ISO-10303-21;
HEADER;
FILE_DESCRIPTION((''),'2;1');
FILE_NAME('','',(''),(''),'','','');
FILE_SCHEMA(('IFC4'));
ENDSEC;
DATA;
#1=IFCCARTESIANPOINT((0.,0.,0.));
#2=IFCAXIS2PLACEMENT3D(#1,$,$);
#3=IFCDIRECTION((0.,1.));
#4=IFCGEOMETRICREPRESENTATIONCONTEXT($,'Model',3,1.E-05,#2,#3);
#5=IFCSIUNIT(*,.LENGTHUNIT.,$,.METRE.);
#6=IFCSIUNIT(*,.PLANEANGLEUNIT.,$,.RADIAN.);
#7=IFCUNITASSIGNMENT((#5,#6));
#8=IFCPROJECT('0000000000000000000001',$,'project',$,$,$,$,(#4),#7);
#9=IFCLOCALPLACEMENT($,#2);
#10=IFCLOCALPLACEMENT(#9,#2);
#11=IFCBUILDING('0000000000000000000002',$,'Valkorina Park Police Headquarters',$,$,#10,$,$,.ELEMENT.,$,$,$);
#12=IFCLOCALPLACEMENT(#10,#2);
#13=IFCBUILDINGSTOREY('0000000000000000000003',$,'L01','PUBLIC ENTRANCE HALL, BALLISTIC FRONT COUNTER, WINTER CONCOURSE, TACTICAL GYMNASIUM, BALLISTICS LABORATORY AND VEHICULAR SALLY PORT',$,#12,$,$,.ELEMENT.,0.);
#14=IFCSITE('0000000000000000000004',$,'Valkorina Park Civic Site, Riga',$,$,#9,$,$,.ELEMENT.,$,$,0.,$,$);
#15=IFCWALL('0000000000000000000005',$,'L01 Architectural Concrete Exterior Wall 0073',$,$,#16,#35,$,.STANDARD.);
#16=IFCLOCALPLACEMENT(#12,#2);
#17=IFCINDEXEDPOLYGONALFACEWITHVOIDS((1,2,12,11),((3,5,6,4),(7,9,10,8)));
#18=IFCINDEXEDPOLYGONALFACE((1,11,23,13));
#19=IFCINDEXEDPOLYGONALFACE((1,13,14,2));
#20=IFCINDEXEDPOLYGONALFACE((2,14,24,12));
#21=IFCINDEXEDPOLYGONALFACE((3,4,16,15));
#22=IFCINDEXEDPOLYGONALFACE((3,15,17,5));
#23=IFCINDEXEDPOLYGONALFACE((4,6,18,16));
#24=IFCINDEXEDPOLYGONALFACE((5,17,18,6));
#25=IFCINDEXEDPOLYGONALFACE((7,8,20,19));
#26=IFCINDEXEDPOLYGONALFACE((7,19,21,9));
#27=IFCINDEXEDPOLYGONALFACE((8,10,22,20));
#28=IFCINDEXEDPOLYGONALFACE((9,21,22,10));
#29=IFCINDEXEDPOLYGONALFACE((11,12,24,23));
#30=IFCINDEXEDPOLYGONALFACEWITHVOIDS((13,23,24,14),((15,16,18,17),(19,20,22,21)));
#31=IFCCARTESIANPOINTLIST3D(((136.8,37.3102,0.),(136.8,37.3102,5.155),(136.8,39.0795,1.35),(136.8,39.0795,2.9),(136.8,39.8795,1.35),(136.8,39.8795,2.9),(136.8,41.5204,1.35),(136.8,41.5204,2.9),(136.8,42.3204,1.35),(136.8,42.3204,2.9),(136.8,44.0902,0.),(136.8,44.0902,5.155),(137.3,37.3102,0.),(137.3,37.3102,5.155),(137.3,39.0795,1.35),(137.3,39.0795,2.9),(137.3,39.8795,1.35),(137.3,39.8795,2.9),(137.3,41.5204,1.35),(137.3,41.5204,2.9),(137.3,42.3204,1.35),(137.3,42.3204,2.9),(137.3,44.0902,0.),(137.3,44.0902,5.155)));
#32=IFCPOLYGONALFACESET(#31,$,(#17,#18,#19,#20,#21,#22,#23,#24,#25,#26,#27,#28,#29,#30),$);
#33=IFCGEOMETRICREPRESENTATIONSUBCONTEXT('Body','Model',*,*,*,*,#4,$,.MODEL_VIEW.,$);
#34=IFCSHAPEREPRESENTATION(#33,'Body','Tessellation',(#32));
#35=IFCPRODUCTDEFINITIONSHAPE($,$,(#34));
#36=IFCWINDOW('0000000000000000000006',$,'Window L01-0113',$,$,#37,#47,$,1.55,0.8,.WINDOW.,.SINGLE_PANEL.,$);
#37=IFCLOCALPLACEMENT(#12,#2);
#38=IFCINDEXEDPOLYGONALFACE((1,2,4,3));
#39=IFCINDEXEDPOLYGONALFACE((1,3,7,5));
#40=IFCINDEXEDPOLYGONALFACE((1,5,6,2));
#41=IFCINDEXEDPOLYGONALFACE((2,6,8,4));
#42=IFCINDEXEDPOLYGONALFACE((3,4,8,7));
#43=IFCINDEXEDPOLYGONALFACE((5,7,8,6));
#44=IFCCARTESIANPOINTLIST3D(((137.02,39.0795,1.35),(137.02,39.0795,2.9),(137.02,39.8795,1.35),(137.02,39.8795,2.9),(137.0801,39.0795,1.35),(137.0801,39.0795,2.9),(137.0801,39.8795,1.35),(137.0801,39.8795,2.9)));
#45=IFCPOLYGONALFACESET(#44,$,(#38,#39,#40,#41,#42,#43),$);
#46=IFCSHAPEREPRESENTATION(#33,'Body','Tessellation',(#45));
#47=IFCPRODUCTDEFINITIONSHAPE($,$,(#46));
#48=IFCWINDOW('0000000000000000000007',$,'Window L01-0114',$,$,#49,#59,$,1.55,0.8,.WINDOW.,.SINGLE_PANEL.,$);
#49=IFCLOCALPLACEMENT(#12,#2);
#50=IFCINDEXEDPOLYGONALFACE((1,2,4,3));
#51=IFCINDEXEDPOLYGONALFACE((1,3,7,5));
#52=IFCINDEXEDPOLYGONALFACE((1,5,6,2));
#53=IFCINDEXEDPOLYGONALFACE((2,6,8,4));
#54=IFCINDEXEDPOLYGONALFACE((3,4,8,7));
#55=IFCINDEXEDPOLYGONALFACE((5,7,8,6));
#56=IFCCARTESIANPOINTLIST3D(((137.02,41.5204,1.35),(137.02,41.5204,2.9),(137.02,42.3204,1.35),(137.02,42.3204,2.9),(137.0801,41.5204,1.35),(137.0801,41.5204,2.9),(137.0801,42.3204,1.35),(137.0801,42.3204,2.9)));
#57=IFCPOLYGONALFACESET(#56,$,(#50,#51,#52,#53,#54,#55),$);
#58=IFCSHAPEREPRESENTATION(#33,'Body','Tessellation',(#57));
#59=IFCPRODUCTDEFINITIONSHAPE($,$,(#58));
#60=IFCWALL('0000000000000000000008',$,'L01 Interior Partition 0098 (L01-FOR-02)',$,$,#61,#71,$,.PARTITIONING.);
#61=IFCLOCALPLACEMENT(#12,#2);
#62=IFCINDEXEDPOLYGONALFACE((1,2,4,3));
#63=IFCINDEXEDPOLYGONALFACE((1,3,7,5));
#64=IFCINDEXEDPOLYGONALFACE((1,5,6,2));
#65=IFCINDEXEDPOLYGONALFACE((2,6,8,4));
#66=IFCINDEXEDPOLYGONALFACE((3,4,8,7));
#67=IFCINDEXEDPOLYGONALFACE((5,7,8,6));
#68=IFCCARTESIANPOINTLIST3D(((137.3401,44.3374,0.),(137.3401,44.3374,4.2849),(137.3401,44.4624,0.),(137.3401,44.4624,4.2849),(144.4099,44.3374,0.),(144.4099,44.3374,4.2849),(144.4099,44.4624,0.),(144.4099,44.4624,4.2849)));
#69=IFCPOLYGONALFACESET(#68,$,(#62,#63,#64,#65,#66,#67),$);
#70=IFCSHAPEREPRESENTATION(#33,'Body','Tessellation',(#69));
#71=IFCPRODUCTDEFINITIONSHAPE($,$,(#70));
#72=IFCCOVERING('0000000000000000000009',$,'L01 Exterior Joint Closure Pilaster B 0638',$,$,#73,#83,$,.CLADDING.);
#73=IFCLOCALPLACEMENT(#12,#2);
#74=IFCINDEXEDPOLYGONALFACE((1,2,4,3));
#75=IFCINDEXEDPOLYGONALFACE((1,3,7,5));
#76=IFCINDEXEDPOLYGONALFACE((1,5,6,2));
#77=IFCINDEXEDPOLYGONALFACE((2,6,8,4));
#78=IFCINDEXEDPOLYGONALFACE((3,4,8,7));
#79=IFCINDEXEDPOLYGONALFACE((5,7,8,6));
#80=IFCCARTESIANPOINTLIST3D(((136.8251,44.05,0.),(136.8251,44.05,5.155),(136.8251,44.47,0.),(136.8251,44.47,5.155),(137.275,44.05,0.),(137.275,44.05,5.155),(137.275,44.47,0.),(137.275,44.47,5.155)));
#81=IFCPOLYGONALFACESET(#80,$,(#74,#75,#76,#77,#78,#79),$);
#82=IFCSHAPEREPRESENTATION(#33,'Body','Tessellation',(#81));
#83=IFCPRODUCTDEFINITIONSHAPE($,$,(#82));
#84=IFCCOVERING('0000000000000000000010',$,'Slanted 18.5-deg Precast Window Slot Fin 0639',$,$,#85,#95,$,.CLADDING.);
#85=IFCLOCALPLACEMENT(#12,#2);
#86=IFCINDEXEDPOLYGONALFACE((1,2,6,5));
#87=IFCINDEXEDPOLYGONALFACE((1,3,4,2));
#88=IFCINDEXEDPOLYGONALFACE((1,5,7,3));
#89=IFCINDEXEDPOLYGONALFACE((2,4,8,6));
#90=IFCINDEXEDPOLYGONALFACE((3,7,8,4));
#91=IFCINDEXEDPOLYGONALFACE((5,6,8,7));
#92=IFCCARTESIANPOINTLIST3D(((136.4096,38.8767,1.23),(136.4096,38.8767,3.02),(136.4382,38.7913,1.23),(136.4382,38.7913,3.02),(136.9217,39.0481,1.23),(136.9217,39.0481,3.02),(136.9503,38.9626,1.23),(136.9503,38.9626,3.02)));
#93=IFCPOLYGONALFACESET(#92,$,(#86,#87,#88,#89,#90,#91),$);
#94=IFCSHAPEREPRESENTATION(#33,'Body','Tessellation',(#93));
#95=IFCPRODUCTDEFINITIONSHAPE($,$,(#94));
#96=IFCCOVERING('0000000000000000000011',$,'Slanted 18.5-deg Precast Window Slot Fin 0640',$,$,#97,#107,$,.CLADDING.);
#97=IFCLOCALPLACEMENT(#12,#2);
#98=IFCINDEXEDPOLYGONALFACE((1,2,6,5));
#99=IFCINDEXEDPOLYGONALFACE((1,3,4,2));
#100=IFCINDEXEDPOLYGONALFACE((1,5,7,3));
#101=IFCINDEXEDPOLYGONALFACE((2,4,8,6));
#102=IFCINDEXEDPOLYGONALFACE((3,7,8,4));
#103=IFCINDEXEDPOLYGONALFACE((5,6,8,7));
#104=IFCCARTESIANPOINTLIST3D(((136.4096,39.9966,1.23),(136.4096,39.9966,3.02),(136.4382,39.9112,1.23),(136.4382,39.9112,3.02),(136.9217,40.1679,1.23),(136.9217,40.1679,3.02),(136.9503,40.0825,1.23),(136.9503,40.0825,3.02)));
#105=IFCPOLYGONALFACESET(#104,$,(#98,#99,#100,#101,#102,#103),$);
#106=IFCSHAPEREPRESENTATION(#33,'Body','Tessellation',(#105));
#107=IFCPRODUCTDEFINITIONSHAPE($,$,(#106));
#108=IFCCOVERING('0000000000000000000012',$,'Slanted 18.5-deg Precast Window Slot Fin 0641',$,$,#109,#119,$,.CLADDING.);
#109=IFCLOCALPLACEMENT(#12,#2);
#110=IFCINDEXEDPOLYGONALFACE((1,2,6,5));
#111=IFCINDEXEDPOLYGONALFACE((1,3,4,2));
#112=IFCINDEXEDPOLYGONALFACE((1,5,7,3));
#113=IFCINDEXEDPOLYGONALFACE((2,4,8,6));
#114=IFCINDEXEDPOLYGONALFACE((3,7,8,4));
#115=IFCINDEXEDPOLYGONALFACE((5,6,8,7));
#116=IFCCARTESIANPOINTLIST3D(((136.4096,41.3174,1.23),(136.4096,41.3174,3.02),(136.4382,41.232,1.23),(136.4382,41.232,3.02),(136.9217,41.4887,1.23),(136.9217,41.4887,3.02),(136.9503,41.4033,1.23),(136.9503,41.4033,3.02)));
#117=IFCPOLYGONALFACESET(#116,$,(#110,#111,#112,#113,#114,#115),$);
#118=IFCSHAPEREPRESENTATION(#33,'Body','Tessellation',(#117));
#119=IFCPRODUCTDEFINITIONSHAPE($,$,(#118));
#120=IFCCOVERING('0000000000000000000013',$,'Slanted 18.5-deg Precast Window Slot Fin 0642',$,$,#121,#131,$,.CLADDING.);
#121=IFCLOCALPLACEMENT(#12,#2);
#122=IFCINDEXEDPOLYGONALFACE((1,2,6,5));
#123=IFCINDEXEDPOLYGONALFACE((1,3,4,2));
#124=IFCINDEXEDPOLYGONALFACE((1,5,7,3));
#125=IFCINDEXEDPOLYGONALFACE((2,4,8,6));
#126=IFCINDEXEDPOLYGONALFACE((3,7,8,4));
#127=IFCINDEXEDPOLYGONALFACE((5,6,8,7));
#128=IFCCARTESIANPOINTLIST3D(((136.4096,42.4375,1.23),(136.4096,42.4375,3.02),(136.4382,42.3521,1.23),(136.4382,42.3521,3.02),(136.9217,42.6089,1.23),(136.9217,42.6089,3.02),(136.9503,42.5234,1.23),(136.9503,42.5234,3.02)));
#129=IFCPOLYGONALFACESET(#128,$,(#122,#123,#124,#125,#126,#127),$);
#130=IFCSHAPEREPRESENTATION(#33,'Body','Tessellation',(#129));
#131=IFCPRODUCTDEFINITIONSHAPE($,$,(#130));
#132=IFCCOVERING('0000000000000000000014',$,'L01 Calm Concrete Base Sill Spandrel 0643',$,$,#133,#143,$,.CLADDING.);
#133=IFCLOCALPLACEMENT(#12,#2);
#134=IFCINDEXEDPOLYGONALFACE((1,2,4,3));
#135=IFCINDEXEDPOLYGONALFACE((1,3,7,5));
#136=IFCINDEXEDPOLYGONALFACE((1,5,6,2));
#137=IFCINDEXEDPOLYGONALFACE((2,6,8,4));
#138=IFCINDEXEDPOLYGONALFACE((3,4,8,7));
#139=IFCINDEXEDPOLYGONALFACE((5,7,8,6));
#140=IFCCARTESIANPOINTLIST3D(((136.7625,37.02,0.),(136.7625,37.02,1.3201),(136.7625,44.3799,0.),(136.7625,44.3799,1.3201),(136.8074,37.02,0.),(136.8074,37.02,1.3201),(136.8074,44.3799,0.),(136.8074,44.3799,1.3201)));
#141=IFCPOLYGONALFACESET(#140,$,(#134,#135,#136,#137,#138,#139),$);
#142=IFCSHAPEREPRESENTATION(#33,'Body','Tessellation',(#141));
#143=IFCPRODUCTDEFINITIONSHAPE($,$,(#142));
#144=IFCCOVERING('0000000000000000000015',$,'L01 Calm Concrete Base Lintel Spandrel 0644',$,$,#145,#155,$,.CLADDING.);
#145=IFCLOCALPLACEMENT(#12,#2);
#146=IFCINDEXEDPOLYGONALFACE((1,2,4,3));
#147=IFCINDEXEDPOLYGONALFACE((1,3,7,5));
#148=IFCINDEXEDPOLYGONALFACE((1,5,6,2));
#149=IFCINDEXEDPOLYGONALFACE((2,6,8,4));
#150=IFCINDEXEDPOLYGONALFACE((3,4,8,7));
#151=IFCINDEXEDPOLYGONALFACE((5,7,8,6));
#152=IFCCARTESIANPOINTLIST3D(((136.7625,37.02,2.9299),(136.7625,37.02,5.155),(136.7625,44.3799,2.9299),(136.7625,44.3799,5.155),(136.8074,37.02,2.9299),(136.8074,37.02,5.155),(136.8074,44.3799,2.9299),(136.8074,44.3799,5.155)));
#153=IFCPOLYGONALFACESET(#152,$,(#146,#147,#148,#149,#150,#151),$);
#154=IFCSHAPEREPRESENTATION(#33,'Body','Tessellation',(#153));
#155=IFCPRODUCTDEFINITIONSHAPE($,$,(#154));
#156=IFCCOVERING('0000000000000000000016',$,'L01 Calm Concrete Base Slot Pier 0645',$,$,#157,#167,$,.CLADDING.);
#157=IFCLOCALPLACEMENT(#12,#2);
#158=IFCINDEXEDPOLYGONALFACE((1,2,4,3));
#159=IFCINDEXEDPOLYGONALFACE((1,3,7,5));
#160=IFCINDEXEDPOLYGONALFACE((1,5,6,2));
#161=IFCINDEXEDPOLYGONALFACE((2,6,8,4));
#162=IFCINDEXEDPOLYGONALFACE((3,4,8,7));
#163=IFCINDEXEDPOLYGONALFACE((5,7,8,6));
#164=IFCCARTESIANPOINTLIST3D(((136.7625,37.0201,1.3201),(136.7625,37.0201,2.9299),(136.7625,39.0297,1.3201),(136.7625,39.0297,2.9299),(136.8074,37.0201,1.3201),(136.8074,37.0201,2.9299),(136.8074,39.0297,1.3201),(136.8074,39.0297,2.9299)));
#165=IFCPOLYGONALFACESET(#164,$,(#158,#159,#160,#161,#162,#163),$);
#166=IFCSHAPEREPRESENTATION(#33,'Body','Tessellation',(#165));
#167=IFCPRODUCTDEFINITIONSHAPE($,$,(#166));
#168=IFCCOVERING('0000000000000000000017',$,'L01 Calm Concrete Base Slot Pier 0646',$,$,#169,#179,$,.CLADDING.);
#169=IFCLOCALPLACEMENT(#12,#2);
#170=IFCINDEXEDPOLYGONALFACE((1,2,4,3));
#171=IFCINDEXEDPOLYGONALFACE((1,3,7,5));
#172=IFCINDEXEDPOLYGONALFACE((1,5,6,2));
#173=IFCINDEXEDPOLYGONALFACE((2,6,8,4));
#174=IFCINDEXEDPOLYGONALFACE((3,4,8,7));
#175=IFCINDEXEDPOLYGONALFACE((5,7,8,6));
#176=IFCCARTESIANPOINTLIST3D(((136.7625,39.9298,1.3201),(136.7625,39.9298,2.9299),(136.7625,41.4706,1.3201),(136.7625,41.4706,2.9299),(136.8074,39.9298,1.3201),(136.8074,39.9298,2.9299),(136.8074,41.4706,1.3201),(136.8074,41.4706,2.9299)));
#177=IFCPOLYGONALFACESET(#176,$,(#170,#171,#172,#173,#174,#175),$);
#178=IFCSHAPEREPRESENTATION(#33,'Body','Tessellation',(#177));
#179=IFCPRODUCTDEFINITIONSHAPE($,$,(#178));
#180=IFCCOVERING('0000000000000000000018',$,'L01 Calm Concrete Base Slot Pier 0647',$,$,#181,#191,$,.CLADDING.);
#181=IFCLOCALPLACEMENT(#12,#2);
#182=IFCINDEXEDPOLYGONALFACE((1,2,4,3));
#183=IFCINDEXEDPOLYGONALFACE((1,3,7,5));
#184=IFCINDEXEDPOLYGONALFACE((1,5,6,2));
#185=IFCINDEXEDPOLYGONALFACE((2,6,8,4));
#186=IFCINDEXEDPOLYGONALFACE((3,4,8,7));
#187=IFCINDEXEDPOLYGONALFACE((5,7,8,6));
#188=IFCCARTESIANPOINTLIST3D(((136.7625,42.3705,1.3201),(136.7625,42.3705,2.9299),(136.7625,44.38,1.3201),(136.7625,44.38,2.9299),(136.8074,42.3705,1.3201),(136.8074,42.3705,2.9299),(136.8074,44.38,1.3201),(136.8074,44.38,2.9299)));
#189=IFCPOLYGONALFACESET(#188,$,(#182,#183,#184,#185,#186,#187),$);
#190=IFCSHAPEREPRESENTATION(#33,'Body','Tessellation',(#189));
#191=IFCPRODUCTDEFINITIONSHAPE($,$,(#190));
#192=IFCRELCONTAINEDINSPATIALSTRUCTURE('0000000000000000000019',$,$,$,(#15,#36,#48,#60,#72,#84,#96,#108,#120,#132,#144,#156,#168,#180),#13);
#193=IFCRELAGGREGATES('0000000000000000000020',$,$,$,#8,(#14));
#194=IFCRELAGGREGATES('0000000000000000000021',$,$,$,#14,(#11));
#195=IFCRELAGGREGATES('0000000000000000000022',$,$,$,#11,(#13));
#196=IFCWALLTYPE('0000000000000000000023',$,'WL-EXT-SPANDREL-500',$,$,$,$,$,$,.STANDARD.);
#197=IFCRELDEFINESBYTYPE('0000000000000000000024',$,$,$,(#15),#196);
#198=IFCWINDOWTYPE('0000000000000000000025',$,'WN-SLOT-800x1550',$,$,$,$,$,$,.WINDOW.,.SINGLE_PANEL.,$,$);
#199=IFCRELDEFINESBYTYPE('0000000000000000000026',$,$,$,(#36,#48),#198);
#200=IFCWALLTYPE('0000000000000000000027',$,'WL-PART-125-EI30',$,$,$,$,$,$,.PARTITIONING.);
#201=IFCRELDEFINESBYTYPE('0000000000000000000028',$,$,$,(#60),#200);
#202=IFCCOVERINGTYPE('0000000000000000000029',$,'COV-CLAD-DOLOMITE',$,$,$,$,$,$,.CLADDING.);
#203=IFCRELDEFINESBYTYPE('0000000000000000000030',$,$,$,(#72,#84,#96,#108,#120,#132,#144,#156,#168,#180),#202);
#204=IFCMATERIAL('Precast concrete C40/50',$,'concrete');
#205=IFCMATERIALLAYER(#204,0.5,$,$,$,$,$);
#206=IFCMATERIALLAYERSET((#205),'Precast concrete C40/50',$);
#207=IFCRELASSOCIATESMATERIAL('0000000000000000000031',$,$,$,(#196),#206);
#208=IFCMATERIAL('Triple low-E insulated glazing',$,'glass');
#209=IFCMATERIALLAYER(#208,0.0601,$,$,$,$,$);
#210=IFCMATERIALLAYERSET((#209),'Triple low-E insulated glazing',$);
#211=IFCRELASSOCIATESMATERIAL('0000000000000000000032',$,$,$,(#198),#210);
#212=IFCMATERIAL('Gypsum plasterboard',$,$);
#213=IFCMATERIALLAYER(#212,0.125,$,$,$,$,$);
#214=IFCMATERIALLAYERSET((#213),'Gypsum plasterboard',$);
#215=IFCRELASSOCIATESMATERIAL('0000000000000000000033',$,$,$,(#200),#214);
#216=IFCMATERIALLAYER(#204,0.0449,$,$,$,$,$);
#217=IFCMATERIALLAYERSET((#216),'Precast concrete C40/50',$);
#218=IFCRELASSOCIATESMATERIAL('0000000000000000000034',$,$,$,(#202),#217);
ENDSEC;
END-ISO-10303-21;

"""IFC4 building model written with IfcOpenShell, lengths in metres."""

from ifc_helpers import new_model, si_unit, direction, frame, frame_2d, origin, origin_2d, place, context, subcontext, project, spatial, rectangle, extrude, material, layer, layer_set, type_object, element, fill, save


model = new_model("IFC4")

# Units and contexts
model_context = context("Model", 3, precision=1e-05, world=origin(), true_north=direction((0.0, 1.0)))
body_context = subcontext(model_context, "Body", "Model", "MODEL_VIEW")
ifc_project = project(units=[si_unit("LENGTHUNIT", "METRE"), si_unit("PLANEANGLEUNIT", "RADIAN")], contexts=[model_context])

# Site, building, storey
site_placement = place(None, origin())
site = spatial("IfcSite", under=ifc_project, at=site_placement, Name="Valkorina Park Civic Site, Riga", CompositionType="ELEMENT", RefElevation=0.0)
building_placement = place(site_placement, origin())
building = spatial("IfcBuilding", under=site, at=building_placement, Name="Valkorina Park Police Headquarters", CompositionType="ELEMENT")
storey_placement = place(building_placement, origin())
storey = spatial("IfcBuildingStorey", under=building, at=storey_placement, Name="L01", Description="PUBLIC ENTRANCE HALL, BALLISTIC FRONT COUNTER, WINTER CONCOURSE, TACTICAL GYMNASIUM, BALLISTICS LABORATORY AND VEHICULAR SALLY PORT", CompositionType="ELEMENT", Elevation=0.0)

# Wall, openings, windows
ifc_material_1 = material(Name="Precast concrete C40/50", Category="concrete")
ifc_layer_1 = layer(ifc_material_1, 0.5)
ifc_layer_set_1 = layer_set([ifc_layer_1], Name="Precast concrete C40/50")
wall_type_1 = type_object("IfcWallType", Name="WL-EXT-SPANDREL-500", PredefinedType="STANDARD", material=ifc_layer_set_1)
wall_1_placement = place(storey_placement, frame((137.05, 37.3101, 0.0), z_axis=(0.0, 0.0, 1.0), x_axis=(0.0, 1.0, 0.0)))
wall_1 = element("IfcWall", 1, at=wall_1_placement, inside=storey, type_object=wall_type_1, Name="L01 Architectural Concrete Exterior Wall 0073", PredefinedType="STANDARD", context=body_context, shape_type="SweptSolid", body=[
    extrude(rectangle(XDim=6.78, YDim=0.5, at=frame_2d((3.3901, 0.0))), origin(), (0.0, 0.0, 1.0), 5.155),
])
opening_1_placement = place(wall_1_placement, frame((1.7695, 0.0, 1.3501)))
opening_1 = element("IfcOpeningElement", 2, at=opening_1_placement, cuts=wall_1, PredefinedType="OPENING", context=body_context, shape_type="SweptSolid", body=[
    extrude(rectangle(XDim=0.8, YDim=1.55, at=frame_2d((0.3999, 0.7749))), frame((0.0, 0.26, 0.0), z_axis=(0.0, -1.0, 0.0), x_axis=(1.0, 0.0, 0.0)), (0.0, 0.0, 1.0), 0.52),
])
opening_2_placement = place(wall_1_placement, frame((4.2104, 0.0, 1.3501)))
opening_2 = element("IfcOpeningElement", 3, at=opening_2_placement, cuts=wall_1, PredefinedType="OPENING", context=body_context, shape_type="SweptSolid", body=[
    extrude(rectangle(XDim=0.8, YDim=1.55, at=frame_2d((0.3999, 0.7749))), frame((0.0, 0.26, 0.0), z_axis=(0.0, -1.0, 0.0), x_axis=(1.0, 0.0, 0.0)), (0.0, 0.0, 1.0), 0.52),
])
ifc_material_2 = material(Name="Triple low-E insulated glazing", Category="glass")
ifc_layer_2 = layer(ifc_material_2, 0.0601)
ifc_layer_set_2 = layer_set([ifc_layer_2], Name="Triple low-E insulated glazing")
window_type = type_object("IfcWindowType", Name="WN-SLOT-800x1550", PartitioningType="SINGLE_PANEL", PredefinedType="WINDOW", material=ifc_layer_set_2)
window_1_placement = place(opening_1_placement, origin())
window_1 = element("IfcWindow", 4, at=window_1_placement, inside=storey, type_object=window_type, Name="Window L01-0113", OverallHeight=1.55, OverallWidth=0.8, PartitioningType="SINGLE_PANEL", PredefinedType="WINDOW", context=body_context, shape_type="SweptSolid", body=[
    extrude(rectangle(XDim=0.8, YDim=1.55, at=frame_2d((0.3999, 0.7749))), frame((0.0, 0.03, 0.0), z_axis=(0.0, -1.0, 0.0), x_axis=(1.0, 0.0, 0.0)), (0.0, 0.0, 1.0), 0.0601),
])
fill(opening_1, window_1)
window_2_placement = place(opening_2_placement, origin())
window_2 = element("IfcWindow", 5, at=window_2_placement, inside=storey, type_object=window_type, Name="Window L01-0114", OverallHeight=1.55, OverallWidth=0.8, PartitioningType="SINGLE_PANEL", PredefinedType="WINDOW", context=body_context, shape_type="SweptSolid", body=[
    extrude(rectangle(XDim=0.8, YDim=1.55, at=frame_2d((0.3999, 0.7749))), frame((0.0, 0.03, 0.0), z_axis=(0.0, -1.0, 0.0), x_axis=(1.0, 0.0, 0.0)), (0.0, 0.0, 1.0), 0.0601),
])
fill(opening_2, window_2)

# Wall
ifc_material_3 = material(Name="Gypsum plasterboard")
ifc_layer_3 = layer(ifc_material_3, 0.125)
ifc_layer_set_3 = layer_set([ifc_layer_3], Name="Gypsum plasterboard")
wall_type_2 = type_object("IfcWallType", Name="WL-PART-125-EI30", PredefinedType="PARTITIONING", material=ifc_layer_set_3)
wall_2_placement = place(storey_placement, frame((137.3401, 44.3999, 0.0), z_axis=(0.0, 0.0, 1.0), x_axis=(1.0, 0.0, 0.0)))
element("IfcWall", 6, at=wall_2_placement, inside=storey, type_object=wall_type_2, Name="L01 Interior Partition 0098 (L01-FOR-02)", PredefinedType="PARTITIONING", context=body_context, shape_type="SweptSolid", body=[
    extrude(rectangle(XDim=7.0698, YDim=0.125, at=frame_2d((3.5349, 0.0))), origin(), (0.0, 0.0, 1.0), 4.2849),
])

# Coverings
ifc_layer_4 = layer(ifc_material_1, 0.0449)
ifc_layer_set_4 = layer_set([ifc_layer_4], Name="Precast concrete C40/50")
covering_type = type_object("IfcCoveringType", Name="COV-CLAD-DOLOMITE", PredefinedType="CLADDING", material=ifc_layer_set_4)
covering_1_placement = place(storey_placement, frame((137.05, 44.26, 0.0), z_axis=(0.0, 0.0, 1.0), x_axis=(0.0, 1.0, 0.0)))
element("IfcCovering", 7, at=covering_1_placement, inside=storey, type_object=covering_type, Name="L01 Exterior Joint Closure Pilaster B 0638", PredefinedType="CLADDING", context=body_context, shape_type="SweptSolid", body=[
    extrude(rectangle(XDim=0.4199, YDim=0.45, at=origin_2d()), origin(), (0.0, 0.0, 1.0), 5.155),
])
for number, where, z_axis, x_axis, name in (
    (8, (136.6799, 38.9197, 1.23), (0.0, 0.0, 1.0), (-0.948324, -0.317305, 0.0), "Slanted 18.5-deg Precast Window Slot Fin 0639"),
    (9, (136.6799, 40.0396, 1.23), (0.0, 0.0, 1.0), (-0.948324, -0.317305, 0.0), "Slanted 18.5-deg Precast Window Slot Fin 0640"),
    (10, (136.6799, 41.3604, 1.23), (0.0, 0.0, 1.0), (-0.948324, -0.317305, 0.0), "Slanted 18.5-deg Precast Window Slot Fin 0641"),
    (11, (136.6799, 42.4805, 1.23), (0.0, 0.0, 1.0), (-0.948324, -0.317305, 0.0), "Slanted 18.5-deg Precast Window Slot Fin 0642"),
):
    element("IfcCovering", number, at=place(storey_placement, frame(where, z_axis=z_axis, x_axis=x_axis)), inside=storey, type_object=covering_type, Name=name, PredefinedType="CLADDING", context=body_context, shape_type="SweptSolid", body=[
        extrude(rectangle(XDim=0.54, YDim=0.0901, at=origin_2d()), origin(), (0.0, 0.0, 1.0), 1.79),
    ])
covering_2_placement = place(storey_placement, frame((136.7849, 37.02, 0.0), z_axis=(0.0, 0.0, 1.0), x_axis=(0.0, 1.0, 0.0)))
element("IfcCovering", 12, at=covering_2_placement, inside=storey, type_object=covering_type, Name="L01 Calm Concrete Base Sill Spandrel 0643", PredefinedType="CLADDING", context=body_context, shape_type="SweptSolid", body=[
    extrude(rectangle(XDim=7.3599, YDim=0.0449, at=frame_2d((3.6799, 0.0))), origin(), (0.0, 0.0, 1.0), 1.3201),
])
covering_3_placement = place(storey_placement, frame((136.7849, 37.02, 2.9299), z_axis=(0.0, 0.0, 1.0), x_axis=(0.0, 1.0, 0.0)))
element("IfcCovering", 13, at=covering_3_placement, inside=storey, type_object=covering_type, Name="L01 Calm Concrete Base Lintel Spandrel 0644", PredefinedType="CLADDING", context=body_context, shape_type="SweptSolid", body=[
    extrude(rectangle(XDim=7.3599, YDim=0.0449, at=frame_2d((3.6799, 0.0))), origin(), (0.0, 0.0, 1.0), 2.2251),
])
covering_4_placement = place(storey_placement, frame((136.7849, 37.02, 1.3201), z_axis=(0.0, 0.0, 1.0), x_axis=(0.0, 1.0, 0.0)))
element("IfcCovering", 14, at=covering_4_placement, inside=storey, type_object=covering_type, Name="L01 Calm Concrete Base Slot Pier 0645", PredefinedType="CLADDING", context=body_context, shape_type="SweptSolid", body=[
    extrude(rectangle(XDim=2.0095, YDim=0.0449, at=frame_2d((1.0049, 0.0))), origin(), (0.0, 0.0, 1.0), 1.6099),
])
covering_5_placement = place(storey_placement, frame((136.7849, 39.9297, 1.3201), z_axis=(0.0, 0.0, 1.0), x_axis=(0.0, 1.0, 0.0)))
element("IfcCovering", 15, at=covering_5_placement, inside=storey, type_object=covering_type, Name="L01 Calm Concrete Base Slot Pier 0646", PredefinedType="CLADDING", context=body_context, shape_type="SweptSolid", body=[
    extrude(rectangle(XDim=1.5408, YDim=0.0449, at=frame_2d((0.7705, 0.0))), origin(), (0.0, 0.0, 1.0), 1.6099),
])
covering_6_placement = place(storey_placement, frame((136.7849, 42.3704, 1.3201), z_axis=(0.0, 0.0, 1.0), x_axis=(0.0, 1.0, 0.0)))
element("IfcCovering", 16, at=covering_6_placement, inside=storey, type_object=covering_type, Name="L01 Calm Concrete Base Slot Pier 0647", PredefinedType="CLADDING", context=body_context, shape_type="SweptSolid", body=[
    extrude(rectangle(XDim=2.0095, YDim=0.0449, at=frame_2d((1.0049, 0.0))), origin(), (0.0, 0.0, 1.0), 1.6099),
])

save(model, "model.ifc")
